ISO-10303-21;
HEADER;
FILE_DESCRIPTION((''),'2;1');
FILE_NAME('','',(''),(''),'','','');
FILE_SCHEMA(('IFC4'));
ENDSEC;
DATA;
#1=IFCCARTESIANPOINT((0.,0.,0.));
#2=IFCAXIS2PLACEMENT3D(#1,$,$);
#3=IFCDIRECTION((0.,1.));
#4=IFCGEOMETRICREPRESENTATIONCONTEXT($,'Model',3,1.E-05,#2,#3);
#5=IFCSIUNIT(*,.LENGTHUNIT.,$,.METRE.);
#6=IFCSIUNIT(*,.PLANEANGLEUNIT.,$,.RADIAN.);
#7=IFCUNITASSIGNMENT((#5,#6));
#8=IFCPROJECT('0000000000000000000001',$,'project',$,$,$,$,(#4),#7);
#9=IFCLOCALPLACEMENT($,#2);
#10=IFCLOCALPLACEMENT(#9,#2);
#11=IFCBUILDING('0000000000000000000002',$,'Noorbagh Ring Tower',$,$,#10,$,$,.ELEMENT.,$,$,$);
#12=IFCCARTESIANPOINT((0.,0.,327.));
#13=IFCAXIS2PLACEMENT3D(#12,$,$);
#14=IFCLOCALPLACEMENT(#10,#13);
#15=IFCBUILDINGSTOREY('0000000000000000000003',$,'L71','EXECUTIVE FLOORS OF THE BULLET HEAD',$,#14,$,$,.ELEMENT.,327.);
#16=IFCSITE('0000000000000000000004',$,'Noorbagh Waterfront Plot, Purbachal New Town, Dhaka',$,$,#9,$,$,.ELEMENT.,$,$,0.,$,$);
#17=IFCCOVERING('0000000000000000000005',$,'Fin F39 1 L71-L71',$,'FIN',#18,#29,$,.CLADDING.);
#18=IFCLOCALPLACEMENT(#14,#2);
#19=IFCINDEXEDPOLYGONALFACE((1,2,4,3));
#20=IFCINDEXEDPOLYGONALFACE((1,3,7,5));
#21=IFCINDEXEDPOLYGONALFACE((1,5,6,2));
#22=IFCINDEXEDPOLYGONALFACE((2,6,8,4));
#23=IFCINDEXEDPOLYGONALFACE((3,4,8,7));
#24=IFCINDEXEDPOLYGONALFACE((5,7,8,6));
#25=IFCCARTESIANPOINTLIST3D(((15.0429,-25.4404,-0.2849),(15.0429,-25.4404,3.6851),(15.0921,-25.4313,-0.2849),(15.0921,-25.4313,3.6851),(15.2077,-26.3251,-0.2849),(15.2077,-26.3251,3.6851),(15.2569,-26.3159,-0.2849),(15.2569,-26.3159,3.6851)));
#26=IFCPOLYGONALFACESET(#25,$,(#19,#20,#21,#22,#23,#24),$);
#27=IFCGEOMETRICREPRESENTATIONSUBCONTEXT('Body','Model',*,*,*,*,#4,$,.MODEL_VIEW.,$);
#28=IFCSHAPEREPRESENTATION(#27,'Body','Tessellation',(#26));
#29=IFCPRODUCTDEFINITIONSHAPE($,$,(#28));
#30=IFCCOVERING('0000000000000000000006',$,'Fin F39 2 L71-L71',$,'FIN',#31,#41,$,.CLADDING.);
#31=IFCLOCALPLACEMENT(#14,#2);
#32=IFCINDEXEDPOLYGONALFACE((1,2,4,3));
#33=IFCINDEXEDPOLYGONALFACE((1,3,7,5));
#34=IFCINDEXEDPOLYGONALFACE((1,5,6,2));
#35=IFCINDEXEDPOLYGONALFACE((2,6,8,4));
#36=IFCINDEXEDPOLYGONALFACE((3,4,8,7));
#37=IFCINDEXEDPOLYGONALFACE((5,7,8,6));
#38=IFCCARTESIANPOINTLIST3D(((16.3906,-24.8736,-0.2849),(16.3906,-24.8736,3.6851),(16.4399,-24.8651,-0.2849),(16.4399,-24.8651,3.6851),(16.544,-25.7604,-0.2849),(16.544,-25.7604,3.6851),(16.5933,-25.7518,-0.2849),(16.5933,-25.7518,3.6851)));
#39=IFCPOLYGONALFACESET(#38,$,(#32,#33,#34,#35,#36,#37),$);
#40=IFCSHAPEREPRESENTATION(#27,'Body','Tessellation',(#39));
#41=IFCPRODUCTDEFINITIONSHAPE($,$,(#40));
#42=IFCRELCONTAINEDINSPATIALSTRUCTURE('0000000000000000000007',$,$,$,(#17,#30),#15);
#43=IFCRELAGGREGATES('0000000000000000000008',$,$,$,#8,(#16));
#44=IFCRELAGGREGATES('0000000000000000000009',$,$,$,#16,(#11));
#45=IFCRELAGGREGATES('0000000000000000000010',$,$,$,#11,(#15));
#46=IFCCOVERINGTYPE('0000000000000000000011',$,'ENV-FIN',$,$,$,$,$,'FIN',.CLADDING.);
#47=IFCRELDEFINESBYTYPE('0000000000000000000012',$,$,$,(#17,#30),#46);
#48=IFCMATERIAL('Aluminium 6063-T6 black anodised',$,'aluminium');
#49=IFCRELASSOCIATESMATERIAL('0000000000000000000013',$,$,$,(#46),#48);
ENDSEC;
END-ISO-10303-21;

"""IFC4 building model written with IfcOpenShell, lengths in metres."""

from ifc_helpers import new_model, si_unit, direction, frame, origin, origin_2d, place, context, subcontext, project, spatial, rectangle, extrude, material, material_profile, profile_set, type_object, element, save


model = new_model("IFC4")

# Units and contexts
model_context = context("Model", 3, precision=1e-05, world=origin(), true_north=direction((0.0, 1.0)))
body_context = subcontext(model_context, "Body", "Model", "MODEL_VIEW")
ifc_project = project(units=[si_unit("LENGTHUNIT", "METRE"), si_unit("PLANEANGLEUNIT", "RADIAN")], contexts=[model_context])

# Site, building, storey
site_placement = place(None, origin())
site = spatial("IfcSite", under=ifc_project, at=site_placement, Name="Noorbagh Waterfront Plot, Purbachal New Town, Dhaka", CompositionType="ELEMENT", RefElevation=0.0)
building_placement = place(site_placement, origin())
building = spatial("IfcBuilding", under=site, at=building_placement, Name="Noorbagh Ring Tower", CompositionType="ELEMENT")
storey_placement = place(building_placement, frame((0.0, 0.0, 327.0)))
storey = spatial("IfcBuildingStorey", under=building, at=storey_placement, Name="L71", Description="EXECUTIVE FLOORS OF THE BULLET HEAD", CompositionType="ELEMENT", Elevation=327.0)

# Coverings
ifc_material_1 = material(Name="Aluminium 6063-T6 black anodised", Category="aluminium")
ifc_material_profile_1 = material_profile(ifc_material_1, rectangle(XDim=0.8999, YDim=0.05, at=origin_2d()), Name="900x50")
ifc_profile_set_1 = profile_set([ifc_material_profile_1], Name="Aluminium 6063-T6 black anodised")
covering_type = type_object("IfcCoveringType", Name="ENV-FIN", ElementType="FIN", PredefinedType="CLADDING", material=ifc_profile_set_1)
for number, where, z_axis, x_axis, name in (
    (1, (15.1499, -25.8782, -0.2849), (0.0, 0.0, 1.0), (0.183146, -0.983086, 0.0), "Fin F39 1 L71-L71"),
    (2, (16.4919, -25.3127, -0.2849), (0.0, 0.0, 1.0), (0.170506, -0.985357, 0.0), "Fin F39 2 L71-L71"),
):
    element("IfcCovering", number, at=place(storey_placement, frame(where, z_axis=z_axis, x_axis=x_axis)), inside=storey, type_object=covering_type, Name=name, ObjectType="FIN", PredefinedType="CLADDING", context=body_context, shape_type="SweptSolid", body=[
        extrude(rectangle(XDim=0.8999, YDim=0.05, at=origin_2d()), origin(), (0.0, 0.0, 1.0), 3.97),
    ])

save(model, "model.ifc")
